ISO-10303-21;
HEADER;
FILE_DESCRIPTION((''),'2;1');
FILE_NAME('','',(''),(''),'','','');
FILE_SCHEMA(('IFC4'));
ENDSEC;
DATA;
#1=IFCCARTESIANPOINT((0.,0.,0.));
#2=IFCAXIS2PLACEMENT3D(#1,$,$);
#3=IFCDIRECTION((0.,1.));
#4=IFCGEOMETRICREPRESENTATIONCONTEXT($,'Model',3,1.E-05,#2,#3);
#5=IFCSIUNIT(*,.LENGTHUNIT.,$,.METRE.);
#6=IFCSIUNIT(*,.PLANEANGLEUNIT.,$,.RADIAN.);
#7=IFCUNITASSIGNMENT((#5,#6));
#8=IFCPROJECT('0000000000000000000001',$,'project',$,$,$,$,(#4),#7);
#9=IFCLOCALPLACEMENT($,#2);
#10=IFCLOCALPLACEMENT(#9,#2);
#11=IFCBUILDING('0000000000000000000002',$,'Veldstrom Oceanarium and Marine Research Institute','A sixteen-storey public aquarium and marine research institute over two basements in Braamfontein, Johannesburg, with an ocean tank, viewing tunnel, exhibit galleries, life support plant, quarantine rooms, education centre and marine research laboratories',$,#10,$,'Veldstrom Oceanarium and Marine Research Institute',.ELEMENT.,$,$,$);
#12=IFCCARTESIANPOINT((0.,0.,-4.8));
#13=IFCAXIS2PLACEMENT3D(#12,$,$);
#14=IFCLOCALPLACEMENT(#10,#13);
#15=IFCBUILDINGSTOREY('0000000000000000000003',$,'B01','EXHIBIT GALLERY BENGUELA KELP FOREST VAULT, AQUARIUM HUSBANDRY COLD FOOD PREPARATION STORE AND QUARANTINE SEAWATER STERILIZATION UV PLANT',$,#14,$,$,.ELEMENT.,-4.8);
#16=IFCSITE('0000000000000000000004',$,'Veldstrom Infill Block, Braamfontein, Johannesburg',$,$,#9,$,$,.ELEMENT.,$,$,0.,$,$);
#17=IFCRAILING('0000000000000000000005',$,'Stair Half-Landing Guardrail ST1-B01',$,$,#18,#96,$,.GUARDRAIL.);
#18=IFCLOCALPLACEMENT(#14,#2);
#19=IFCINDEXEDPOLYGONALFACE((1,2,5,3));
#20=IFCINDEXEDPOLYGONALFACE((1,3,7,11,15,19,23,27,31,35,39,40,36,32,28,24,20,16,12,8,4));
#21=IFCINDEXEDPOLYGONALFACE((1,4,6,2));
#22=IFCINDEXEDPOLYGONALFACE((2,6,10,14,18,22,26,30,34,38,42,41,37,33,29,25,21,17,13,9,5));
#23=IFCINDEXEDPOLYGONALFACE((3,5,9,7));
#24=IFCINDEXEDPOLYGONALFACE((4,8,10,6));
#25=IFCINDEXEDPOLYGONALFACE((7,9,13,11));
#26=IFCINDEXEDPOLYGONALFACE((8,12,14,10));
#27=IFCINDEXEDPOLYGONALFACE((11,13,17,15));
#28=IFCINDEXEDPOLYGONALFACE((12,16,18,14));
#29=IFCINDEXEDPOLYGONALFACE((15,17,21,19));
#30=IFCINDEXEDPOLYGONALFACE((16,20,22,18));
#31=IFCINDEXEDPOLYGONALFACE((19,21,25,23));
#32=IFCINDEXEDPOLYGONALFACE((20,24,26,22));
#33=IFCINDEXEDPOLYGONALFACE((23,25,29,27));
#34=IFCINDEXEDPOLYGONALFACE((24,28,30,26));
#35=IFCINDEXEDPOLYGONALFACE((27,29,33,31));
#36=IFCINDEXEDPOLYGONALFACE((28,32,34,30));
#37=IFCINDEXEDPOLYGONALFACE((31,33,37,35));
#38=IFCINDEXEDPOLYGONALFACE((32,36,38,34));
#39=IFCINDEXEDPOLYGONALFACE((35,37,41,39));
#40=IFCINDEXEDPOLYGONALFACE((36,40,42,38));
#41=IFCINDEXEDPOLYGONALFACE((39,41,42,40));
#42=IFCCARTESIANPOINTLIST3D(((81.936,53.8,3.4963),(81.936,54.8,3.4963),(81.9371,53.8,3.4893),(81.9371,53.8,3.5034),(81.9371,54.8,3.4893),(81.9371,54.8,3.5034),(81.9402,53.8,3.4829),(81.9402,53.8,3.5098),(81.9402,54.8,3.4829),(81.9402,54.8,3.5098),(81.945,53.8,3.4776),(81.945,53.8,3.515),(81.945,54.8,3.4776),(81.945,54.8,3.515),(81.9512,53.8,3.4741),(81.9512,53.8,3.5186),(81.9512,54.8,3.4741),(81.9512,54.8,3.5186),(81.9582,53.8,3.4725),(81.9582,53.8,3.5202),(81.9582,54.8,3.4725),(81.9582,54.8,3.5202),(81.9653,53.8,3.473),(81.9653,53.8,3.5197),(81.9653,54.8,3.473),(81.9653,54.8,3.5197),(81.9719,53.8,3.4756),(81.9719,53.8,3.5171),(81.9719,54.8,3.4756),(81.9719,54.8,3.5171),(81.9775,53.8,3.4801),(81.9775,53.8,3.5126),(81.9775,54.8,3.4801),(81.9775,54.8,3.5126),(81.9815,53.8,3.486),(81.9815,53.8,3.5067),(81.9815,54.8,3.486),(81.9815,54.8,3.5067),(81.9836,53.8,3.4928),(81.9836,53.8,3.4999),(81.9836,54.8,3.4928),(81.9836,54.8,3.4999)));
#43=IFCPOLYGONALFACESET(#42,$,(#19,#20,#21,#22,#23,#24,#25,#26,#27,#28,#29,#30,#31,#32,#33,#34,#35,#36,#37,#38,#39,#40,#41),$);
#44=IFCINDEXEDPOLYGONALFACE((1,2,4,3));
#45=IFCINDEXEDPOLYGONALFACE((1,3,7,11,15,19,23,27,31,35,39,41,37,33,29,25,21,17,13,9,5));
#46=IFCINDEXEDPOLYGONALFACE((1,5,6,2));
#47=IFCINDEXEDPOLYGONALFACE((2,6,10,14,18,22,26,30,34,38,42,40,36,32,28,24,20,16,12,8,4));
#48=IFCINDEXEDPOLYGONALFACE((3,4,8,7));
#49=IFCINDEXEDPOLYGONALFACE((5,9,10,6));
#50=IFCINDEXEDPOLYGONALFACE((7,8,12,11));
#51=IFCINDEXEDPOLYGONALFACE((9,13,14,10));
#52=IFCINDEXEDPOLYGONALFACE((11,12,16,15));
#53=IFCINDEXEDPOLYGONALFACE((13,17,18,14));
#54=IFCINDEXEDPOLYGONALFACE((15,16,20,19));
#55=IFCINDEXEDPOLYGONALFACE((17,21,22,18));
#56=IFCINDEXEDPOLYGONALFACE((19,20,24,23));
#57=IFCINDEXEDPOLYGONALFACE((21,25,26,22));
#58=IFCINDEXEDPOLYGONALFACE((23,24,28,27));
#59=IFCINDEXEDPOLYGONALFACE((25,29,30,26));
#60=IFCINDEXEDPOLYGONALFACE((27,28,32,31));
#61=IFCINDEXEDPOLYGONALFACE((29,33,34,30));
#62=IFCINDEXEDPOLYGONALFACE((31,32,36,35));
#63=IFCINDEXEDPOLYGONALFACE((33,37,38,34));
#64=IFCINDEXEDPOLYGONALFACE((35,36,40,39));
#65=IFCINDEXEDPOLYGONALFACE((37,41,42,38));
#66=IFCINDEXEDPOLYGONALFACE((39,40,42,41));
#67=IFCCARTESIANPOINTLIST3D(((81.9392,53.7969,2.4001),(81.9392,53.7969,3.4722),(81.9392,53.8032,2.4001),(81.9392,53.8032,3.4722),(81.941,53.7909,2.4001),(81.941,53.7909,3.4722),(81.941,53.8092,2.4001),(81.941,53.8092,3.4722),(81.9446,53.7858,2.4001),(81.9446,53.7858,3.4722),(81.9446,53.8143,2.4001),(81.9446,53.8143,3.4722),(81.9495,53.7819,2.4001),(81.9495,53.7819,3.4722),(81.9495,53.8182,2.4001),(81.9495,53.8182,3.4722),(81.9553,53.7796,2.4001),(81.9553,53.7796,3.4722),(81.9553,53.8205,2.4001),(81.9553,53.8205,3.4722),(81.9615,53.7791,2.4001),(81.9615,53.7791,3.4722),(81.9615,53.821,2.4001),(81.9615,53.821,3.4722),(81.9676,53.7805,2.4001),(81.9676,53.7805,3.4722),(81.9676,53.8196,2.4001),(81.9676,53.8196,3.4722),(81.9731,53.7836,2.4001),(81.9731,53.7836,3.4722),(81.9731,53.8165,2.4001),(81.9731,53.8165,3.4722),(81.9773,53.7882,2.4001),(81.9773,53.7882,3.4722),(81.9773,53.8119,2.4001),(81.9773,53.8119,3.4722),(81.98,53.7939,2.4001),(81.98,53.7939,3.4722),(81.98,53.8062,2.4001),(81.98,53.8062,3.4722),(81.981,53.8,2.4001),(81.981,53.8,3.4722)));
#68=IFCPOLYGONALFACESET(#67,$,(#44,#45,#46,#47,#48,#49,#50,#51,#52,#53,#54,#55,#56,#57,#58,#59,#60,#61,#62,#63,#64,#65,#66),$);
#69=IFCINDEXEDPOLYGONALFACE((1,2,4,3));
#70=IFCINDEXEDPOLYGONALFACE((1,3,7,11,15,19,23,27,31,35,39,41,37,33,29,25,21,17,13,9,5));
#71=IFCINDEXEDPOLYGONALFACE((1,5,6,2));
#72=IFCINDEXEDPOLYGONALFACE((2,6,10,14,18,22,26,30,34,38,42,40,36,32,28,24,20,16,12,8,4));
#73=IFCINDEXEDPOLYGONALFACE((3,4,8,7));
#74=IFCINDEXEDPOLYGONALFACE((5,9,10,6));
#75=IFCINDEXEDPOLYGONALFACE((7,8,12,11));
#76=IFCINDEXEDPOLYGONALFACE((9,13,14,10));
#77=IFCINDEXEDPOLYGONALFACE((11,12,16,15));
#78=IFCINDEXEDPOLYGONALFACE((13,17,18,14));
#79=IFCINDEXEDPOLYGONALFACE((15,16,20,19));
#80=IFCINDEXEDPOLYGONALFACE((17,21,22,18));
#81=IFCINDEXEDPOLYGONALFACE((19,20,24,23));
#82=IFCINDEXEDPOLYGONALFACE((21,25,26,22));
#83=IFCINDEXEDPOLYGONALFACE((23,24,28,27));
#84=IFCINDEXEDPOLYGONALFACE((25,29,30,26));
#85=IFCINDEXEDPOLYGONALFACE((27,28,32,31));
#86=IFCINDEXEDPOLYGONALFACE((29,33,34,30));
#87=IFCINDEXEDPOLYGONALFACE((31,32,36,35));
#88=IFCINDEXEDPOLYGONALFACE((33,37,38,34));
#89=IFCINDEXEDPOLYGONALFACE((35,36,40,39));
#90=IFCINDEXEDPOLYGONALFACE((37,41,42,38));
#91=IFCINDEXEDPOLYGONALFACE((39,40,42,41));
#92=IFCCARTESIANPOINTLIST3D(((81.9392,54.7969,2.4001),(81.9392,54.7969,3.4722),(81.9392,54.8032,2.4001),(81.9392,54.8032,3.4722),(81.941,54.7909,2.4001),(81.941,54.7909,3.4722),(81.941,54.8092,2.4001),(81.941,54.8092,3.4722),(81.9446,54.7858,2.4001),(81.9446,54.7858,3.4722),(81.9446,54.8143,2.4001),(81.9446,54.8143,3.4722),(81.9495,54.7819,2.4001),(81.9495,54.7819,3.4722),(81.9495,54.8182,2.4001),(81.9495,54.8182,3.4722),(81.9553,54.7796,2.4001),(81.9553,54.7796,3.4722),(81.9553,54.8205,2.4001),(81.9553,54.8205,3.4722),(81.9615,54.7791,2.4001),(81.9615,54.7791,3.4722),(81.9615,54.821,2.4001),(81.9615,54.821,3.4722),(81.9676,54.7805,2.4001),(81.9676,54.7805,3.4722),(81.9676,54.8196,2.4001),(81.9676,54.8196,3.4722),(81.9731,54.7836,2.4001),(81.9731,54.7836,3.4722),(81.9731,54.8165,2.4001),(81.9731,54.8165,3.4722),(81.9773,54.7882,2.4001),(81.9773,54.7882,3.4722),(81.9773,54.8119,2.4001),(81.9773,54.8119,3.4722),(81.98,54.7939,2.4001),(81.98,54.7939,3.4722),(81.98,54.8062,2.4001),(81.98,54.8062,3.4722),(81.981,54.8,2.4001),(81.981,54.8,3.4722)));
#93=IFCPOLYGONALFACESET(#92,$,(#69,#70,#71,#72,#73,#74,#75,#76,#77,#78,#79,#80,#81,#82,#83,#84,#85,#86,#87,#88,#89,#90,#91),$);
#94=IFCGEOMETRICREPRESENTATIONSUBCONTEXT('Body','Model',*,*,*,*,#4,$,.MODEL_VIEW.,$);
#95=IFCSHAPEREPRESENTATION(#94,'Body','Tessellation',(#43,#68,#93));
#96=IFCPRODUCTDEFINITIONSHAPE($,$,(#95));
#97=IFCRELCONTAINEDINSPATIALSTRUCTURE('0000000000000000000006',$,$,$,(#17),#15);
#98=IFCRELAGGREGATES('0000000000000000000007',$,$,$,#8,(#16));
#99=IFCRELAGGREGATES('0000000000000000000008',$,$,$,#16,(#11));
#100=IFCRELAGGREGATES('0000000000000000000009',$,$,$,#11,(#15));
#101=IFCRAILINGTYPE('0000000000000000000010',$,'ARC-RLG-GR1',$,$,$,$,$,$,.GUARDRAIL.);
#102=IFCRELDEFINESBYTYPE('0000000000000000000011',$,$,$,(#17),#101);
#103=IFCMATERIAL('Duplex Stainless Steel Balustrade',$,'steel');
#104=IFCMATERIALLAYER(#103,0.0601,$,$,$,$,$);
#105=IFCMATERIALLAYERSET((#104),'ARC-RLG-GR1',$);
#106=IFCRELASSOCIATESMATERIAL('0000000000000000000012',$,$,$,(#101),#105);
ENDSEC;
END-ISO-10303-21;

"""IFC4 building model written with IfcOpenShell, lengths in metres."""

from ifc_helpers import new_model, si_unit, direction, frame, origin, origin_2d, place, context, subcontext, project, spatial, circle, extrude, material, layer, layer_set, type_object, element, save


model = new_model("IFC4")

# Units and contexts
model_context = context("Model", 3, precision=1e-05, world=origin(), true_north=direction((0.0, 1.0)))
body_context = subcontext(model_context, "Body", "Model", "MODEL_VIEW")
ifc_project = project(units=[si_unit("LENGTHUNIT", "METRE"), si_unit("PLANEANGLEUNIT", "RADIAN")], contexts=[model_context])

# Site, building, storey
site_placement = place(None, origin())
site = spatial("IfcSite", under=ifc_project, at=site_placement, Name="Veldstrom Infill Block, Braamfontein, Johannesburg", CompositionType="ELEMENT", RefElevation=0.0)
building_placement = place(site_placement, origin())
building = spatial("IfcBuilding", under=site, at=building_placement, Name="Veldstrom Oceanarium and Marine Research Institute", Description="A sixteen-storey public aquarium and marine research institute over two basements in Braamfontein, Johannesburg, with an ocean tank, viewing tunnel, exhibit galleries, life support plant, quarantine rooms, education centre and marine research laboratories", LongName="Veldstrom Oceanarium and Marine Research Institute", CompositionType="ELEMENT")
storey_placement = place(building_placement, frame((0.0, 0.0, -4.8)))
storey = spatial("IfcBuildingStorey", under=building, at=storey_placement, Name="B01", Description="EXHIBIT GALLERY BENGUELA KELP FOREST VAULT, AQUARIUM HUSBANDRY COLD FOOD PREPARATION STORE AND QUARANTINE SEAWATER STERILIZATION UV PLANT", CompositionType="ELEMENT", Elevation=-4.8)

# Railing
ifc_material_1 = material(Name="Duplex Stainless Steel Balustrade", Category="steel")
ifc_layer_1 = layer(ifc_material_1, 0.0601)
ifc_layer_set_1 = layer_set([ifc_layer_1], Name="ARC-RLG-GR1")
railing_type_1 = type_object("IfcRailingType", Name="ARC-RLG-GR1", PredefinedType="GUARDRAIL", material=ifc_layer_set_1)
railing_1_placement = place(storey_placement, frame((81.96, 53.8, 2.4001)))
element("IfcRailing", 1, at=railing_1_placement, inside=storey, type_object=railing_type_1, Name="Stair Half-Landing Guardrail ST1-B01", PredefinedType="GUARDRAIL", context=body_context, shape_type="SweptSolid", body=[
    extrude(circle(Radius=0.0239, at=origin_2d()), frame((0.0, 0.0, 1.0962), z_axis=(0.0, 1.0, 0.0), x_axis=(-1.0, 0.0, 0.0)), (0.0, 0.0, 1.0), 1.0),
    extrude(circle(Radius=0.021, at=origin_2d()), origin(), (0.0, 0.0, 1.0), 1.072),
    extrude(circle(Radius=0.021, at=origin_2d()), frame((0.0, 1.0, 0.0)), (0.0, 0.0, 1.0), 1.072),
])

save(model, "model.ifc")
